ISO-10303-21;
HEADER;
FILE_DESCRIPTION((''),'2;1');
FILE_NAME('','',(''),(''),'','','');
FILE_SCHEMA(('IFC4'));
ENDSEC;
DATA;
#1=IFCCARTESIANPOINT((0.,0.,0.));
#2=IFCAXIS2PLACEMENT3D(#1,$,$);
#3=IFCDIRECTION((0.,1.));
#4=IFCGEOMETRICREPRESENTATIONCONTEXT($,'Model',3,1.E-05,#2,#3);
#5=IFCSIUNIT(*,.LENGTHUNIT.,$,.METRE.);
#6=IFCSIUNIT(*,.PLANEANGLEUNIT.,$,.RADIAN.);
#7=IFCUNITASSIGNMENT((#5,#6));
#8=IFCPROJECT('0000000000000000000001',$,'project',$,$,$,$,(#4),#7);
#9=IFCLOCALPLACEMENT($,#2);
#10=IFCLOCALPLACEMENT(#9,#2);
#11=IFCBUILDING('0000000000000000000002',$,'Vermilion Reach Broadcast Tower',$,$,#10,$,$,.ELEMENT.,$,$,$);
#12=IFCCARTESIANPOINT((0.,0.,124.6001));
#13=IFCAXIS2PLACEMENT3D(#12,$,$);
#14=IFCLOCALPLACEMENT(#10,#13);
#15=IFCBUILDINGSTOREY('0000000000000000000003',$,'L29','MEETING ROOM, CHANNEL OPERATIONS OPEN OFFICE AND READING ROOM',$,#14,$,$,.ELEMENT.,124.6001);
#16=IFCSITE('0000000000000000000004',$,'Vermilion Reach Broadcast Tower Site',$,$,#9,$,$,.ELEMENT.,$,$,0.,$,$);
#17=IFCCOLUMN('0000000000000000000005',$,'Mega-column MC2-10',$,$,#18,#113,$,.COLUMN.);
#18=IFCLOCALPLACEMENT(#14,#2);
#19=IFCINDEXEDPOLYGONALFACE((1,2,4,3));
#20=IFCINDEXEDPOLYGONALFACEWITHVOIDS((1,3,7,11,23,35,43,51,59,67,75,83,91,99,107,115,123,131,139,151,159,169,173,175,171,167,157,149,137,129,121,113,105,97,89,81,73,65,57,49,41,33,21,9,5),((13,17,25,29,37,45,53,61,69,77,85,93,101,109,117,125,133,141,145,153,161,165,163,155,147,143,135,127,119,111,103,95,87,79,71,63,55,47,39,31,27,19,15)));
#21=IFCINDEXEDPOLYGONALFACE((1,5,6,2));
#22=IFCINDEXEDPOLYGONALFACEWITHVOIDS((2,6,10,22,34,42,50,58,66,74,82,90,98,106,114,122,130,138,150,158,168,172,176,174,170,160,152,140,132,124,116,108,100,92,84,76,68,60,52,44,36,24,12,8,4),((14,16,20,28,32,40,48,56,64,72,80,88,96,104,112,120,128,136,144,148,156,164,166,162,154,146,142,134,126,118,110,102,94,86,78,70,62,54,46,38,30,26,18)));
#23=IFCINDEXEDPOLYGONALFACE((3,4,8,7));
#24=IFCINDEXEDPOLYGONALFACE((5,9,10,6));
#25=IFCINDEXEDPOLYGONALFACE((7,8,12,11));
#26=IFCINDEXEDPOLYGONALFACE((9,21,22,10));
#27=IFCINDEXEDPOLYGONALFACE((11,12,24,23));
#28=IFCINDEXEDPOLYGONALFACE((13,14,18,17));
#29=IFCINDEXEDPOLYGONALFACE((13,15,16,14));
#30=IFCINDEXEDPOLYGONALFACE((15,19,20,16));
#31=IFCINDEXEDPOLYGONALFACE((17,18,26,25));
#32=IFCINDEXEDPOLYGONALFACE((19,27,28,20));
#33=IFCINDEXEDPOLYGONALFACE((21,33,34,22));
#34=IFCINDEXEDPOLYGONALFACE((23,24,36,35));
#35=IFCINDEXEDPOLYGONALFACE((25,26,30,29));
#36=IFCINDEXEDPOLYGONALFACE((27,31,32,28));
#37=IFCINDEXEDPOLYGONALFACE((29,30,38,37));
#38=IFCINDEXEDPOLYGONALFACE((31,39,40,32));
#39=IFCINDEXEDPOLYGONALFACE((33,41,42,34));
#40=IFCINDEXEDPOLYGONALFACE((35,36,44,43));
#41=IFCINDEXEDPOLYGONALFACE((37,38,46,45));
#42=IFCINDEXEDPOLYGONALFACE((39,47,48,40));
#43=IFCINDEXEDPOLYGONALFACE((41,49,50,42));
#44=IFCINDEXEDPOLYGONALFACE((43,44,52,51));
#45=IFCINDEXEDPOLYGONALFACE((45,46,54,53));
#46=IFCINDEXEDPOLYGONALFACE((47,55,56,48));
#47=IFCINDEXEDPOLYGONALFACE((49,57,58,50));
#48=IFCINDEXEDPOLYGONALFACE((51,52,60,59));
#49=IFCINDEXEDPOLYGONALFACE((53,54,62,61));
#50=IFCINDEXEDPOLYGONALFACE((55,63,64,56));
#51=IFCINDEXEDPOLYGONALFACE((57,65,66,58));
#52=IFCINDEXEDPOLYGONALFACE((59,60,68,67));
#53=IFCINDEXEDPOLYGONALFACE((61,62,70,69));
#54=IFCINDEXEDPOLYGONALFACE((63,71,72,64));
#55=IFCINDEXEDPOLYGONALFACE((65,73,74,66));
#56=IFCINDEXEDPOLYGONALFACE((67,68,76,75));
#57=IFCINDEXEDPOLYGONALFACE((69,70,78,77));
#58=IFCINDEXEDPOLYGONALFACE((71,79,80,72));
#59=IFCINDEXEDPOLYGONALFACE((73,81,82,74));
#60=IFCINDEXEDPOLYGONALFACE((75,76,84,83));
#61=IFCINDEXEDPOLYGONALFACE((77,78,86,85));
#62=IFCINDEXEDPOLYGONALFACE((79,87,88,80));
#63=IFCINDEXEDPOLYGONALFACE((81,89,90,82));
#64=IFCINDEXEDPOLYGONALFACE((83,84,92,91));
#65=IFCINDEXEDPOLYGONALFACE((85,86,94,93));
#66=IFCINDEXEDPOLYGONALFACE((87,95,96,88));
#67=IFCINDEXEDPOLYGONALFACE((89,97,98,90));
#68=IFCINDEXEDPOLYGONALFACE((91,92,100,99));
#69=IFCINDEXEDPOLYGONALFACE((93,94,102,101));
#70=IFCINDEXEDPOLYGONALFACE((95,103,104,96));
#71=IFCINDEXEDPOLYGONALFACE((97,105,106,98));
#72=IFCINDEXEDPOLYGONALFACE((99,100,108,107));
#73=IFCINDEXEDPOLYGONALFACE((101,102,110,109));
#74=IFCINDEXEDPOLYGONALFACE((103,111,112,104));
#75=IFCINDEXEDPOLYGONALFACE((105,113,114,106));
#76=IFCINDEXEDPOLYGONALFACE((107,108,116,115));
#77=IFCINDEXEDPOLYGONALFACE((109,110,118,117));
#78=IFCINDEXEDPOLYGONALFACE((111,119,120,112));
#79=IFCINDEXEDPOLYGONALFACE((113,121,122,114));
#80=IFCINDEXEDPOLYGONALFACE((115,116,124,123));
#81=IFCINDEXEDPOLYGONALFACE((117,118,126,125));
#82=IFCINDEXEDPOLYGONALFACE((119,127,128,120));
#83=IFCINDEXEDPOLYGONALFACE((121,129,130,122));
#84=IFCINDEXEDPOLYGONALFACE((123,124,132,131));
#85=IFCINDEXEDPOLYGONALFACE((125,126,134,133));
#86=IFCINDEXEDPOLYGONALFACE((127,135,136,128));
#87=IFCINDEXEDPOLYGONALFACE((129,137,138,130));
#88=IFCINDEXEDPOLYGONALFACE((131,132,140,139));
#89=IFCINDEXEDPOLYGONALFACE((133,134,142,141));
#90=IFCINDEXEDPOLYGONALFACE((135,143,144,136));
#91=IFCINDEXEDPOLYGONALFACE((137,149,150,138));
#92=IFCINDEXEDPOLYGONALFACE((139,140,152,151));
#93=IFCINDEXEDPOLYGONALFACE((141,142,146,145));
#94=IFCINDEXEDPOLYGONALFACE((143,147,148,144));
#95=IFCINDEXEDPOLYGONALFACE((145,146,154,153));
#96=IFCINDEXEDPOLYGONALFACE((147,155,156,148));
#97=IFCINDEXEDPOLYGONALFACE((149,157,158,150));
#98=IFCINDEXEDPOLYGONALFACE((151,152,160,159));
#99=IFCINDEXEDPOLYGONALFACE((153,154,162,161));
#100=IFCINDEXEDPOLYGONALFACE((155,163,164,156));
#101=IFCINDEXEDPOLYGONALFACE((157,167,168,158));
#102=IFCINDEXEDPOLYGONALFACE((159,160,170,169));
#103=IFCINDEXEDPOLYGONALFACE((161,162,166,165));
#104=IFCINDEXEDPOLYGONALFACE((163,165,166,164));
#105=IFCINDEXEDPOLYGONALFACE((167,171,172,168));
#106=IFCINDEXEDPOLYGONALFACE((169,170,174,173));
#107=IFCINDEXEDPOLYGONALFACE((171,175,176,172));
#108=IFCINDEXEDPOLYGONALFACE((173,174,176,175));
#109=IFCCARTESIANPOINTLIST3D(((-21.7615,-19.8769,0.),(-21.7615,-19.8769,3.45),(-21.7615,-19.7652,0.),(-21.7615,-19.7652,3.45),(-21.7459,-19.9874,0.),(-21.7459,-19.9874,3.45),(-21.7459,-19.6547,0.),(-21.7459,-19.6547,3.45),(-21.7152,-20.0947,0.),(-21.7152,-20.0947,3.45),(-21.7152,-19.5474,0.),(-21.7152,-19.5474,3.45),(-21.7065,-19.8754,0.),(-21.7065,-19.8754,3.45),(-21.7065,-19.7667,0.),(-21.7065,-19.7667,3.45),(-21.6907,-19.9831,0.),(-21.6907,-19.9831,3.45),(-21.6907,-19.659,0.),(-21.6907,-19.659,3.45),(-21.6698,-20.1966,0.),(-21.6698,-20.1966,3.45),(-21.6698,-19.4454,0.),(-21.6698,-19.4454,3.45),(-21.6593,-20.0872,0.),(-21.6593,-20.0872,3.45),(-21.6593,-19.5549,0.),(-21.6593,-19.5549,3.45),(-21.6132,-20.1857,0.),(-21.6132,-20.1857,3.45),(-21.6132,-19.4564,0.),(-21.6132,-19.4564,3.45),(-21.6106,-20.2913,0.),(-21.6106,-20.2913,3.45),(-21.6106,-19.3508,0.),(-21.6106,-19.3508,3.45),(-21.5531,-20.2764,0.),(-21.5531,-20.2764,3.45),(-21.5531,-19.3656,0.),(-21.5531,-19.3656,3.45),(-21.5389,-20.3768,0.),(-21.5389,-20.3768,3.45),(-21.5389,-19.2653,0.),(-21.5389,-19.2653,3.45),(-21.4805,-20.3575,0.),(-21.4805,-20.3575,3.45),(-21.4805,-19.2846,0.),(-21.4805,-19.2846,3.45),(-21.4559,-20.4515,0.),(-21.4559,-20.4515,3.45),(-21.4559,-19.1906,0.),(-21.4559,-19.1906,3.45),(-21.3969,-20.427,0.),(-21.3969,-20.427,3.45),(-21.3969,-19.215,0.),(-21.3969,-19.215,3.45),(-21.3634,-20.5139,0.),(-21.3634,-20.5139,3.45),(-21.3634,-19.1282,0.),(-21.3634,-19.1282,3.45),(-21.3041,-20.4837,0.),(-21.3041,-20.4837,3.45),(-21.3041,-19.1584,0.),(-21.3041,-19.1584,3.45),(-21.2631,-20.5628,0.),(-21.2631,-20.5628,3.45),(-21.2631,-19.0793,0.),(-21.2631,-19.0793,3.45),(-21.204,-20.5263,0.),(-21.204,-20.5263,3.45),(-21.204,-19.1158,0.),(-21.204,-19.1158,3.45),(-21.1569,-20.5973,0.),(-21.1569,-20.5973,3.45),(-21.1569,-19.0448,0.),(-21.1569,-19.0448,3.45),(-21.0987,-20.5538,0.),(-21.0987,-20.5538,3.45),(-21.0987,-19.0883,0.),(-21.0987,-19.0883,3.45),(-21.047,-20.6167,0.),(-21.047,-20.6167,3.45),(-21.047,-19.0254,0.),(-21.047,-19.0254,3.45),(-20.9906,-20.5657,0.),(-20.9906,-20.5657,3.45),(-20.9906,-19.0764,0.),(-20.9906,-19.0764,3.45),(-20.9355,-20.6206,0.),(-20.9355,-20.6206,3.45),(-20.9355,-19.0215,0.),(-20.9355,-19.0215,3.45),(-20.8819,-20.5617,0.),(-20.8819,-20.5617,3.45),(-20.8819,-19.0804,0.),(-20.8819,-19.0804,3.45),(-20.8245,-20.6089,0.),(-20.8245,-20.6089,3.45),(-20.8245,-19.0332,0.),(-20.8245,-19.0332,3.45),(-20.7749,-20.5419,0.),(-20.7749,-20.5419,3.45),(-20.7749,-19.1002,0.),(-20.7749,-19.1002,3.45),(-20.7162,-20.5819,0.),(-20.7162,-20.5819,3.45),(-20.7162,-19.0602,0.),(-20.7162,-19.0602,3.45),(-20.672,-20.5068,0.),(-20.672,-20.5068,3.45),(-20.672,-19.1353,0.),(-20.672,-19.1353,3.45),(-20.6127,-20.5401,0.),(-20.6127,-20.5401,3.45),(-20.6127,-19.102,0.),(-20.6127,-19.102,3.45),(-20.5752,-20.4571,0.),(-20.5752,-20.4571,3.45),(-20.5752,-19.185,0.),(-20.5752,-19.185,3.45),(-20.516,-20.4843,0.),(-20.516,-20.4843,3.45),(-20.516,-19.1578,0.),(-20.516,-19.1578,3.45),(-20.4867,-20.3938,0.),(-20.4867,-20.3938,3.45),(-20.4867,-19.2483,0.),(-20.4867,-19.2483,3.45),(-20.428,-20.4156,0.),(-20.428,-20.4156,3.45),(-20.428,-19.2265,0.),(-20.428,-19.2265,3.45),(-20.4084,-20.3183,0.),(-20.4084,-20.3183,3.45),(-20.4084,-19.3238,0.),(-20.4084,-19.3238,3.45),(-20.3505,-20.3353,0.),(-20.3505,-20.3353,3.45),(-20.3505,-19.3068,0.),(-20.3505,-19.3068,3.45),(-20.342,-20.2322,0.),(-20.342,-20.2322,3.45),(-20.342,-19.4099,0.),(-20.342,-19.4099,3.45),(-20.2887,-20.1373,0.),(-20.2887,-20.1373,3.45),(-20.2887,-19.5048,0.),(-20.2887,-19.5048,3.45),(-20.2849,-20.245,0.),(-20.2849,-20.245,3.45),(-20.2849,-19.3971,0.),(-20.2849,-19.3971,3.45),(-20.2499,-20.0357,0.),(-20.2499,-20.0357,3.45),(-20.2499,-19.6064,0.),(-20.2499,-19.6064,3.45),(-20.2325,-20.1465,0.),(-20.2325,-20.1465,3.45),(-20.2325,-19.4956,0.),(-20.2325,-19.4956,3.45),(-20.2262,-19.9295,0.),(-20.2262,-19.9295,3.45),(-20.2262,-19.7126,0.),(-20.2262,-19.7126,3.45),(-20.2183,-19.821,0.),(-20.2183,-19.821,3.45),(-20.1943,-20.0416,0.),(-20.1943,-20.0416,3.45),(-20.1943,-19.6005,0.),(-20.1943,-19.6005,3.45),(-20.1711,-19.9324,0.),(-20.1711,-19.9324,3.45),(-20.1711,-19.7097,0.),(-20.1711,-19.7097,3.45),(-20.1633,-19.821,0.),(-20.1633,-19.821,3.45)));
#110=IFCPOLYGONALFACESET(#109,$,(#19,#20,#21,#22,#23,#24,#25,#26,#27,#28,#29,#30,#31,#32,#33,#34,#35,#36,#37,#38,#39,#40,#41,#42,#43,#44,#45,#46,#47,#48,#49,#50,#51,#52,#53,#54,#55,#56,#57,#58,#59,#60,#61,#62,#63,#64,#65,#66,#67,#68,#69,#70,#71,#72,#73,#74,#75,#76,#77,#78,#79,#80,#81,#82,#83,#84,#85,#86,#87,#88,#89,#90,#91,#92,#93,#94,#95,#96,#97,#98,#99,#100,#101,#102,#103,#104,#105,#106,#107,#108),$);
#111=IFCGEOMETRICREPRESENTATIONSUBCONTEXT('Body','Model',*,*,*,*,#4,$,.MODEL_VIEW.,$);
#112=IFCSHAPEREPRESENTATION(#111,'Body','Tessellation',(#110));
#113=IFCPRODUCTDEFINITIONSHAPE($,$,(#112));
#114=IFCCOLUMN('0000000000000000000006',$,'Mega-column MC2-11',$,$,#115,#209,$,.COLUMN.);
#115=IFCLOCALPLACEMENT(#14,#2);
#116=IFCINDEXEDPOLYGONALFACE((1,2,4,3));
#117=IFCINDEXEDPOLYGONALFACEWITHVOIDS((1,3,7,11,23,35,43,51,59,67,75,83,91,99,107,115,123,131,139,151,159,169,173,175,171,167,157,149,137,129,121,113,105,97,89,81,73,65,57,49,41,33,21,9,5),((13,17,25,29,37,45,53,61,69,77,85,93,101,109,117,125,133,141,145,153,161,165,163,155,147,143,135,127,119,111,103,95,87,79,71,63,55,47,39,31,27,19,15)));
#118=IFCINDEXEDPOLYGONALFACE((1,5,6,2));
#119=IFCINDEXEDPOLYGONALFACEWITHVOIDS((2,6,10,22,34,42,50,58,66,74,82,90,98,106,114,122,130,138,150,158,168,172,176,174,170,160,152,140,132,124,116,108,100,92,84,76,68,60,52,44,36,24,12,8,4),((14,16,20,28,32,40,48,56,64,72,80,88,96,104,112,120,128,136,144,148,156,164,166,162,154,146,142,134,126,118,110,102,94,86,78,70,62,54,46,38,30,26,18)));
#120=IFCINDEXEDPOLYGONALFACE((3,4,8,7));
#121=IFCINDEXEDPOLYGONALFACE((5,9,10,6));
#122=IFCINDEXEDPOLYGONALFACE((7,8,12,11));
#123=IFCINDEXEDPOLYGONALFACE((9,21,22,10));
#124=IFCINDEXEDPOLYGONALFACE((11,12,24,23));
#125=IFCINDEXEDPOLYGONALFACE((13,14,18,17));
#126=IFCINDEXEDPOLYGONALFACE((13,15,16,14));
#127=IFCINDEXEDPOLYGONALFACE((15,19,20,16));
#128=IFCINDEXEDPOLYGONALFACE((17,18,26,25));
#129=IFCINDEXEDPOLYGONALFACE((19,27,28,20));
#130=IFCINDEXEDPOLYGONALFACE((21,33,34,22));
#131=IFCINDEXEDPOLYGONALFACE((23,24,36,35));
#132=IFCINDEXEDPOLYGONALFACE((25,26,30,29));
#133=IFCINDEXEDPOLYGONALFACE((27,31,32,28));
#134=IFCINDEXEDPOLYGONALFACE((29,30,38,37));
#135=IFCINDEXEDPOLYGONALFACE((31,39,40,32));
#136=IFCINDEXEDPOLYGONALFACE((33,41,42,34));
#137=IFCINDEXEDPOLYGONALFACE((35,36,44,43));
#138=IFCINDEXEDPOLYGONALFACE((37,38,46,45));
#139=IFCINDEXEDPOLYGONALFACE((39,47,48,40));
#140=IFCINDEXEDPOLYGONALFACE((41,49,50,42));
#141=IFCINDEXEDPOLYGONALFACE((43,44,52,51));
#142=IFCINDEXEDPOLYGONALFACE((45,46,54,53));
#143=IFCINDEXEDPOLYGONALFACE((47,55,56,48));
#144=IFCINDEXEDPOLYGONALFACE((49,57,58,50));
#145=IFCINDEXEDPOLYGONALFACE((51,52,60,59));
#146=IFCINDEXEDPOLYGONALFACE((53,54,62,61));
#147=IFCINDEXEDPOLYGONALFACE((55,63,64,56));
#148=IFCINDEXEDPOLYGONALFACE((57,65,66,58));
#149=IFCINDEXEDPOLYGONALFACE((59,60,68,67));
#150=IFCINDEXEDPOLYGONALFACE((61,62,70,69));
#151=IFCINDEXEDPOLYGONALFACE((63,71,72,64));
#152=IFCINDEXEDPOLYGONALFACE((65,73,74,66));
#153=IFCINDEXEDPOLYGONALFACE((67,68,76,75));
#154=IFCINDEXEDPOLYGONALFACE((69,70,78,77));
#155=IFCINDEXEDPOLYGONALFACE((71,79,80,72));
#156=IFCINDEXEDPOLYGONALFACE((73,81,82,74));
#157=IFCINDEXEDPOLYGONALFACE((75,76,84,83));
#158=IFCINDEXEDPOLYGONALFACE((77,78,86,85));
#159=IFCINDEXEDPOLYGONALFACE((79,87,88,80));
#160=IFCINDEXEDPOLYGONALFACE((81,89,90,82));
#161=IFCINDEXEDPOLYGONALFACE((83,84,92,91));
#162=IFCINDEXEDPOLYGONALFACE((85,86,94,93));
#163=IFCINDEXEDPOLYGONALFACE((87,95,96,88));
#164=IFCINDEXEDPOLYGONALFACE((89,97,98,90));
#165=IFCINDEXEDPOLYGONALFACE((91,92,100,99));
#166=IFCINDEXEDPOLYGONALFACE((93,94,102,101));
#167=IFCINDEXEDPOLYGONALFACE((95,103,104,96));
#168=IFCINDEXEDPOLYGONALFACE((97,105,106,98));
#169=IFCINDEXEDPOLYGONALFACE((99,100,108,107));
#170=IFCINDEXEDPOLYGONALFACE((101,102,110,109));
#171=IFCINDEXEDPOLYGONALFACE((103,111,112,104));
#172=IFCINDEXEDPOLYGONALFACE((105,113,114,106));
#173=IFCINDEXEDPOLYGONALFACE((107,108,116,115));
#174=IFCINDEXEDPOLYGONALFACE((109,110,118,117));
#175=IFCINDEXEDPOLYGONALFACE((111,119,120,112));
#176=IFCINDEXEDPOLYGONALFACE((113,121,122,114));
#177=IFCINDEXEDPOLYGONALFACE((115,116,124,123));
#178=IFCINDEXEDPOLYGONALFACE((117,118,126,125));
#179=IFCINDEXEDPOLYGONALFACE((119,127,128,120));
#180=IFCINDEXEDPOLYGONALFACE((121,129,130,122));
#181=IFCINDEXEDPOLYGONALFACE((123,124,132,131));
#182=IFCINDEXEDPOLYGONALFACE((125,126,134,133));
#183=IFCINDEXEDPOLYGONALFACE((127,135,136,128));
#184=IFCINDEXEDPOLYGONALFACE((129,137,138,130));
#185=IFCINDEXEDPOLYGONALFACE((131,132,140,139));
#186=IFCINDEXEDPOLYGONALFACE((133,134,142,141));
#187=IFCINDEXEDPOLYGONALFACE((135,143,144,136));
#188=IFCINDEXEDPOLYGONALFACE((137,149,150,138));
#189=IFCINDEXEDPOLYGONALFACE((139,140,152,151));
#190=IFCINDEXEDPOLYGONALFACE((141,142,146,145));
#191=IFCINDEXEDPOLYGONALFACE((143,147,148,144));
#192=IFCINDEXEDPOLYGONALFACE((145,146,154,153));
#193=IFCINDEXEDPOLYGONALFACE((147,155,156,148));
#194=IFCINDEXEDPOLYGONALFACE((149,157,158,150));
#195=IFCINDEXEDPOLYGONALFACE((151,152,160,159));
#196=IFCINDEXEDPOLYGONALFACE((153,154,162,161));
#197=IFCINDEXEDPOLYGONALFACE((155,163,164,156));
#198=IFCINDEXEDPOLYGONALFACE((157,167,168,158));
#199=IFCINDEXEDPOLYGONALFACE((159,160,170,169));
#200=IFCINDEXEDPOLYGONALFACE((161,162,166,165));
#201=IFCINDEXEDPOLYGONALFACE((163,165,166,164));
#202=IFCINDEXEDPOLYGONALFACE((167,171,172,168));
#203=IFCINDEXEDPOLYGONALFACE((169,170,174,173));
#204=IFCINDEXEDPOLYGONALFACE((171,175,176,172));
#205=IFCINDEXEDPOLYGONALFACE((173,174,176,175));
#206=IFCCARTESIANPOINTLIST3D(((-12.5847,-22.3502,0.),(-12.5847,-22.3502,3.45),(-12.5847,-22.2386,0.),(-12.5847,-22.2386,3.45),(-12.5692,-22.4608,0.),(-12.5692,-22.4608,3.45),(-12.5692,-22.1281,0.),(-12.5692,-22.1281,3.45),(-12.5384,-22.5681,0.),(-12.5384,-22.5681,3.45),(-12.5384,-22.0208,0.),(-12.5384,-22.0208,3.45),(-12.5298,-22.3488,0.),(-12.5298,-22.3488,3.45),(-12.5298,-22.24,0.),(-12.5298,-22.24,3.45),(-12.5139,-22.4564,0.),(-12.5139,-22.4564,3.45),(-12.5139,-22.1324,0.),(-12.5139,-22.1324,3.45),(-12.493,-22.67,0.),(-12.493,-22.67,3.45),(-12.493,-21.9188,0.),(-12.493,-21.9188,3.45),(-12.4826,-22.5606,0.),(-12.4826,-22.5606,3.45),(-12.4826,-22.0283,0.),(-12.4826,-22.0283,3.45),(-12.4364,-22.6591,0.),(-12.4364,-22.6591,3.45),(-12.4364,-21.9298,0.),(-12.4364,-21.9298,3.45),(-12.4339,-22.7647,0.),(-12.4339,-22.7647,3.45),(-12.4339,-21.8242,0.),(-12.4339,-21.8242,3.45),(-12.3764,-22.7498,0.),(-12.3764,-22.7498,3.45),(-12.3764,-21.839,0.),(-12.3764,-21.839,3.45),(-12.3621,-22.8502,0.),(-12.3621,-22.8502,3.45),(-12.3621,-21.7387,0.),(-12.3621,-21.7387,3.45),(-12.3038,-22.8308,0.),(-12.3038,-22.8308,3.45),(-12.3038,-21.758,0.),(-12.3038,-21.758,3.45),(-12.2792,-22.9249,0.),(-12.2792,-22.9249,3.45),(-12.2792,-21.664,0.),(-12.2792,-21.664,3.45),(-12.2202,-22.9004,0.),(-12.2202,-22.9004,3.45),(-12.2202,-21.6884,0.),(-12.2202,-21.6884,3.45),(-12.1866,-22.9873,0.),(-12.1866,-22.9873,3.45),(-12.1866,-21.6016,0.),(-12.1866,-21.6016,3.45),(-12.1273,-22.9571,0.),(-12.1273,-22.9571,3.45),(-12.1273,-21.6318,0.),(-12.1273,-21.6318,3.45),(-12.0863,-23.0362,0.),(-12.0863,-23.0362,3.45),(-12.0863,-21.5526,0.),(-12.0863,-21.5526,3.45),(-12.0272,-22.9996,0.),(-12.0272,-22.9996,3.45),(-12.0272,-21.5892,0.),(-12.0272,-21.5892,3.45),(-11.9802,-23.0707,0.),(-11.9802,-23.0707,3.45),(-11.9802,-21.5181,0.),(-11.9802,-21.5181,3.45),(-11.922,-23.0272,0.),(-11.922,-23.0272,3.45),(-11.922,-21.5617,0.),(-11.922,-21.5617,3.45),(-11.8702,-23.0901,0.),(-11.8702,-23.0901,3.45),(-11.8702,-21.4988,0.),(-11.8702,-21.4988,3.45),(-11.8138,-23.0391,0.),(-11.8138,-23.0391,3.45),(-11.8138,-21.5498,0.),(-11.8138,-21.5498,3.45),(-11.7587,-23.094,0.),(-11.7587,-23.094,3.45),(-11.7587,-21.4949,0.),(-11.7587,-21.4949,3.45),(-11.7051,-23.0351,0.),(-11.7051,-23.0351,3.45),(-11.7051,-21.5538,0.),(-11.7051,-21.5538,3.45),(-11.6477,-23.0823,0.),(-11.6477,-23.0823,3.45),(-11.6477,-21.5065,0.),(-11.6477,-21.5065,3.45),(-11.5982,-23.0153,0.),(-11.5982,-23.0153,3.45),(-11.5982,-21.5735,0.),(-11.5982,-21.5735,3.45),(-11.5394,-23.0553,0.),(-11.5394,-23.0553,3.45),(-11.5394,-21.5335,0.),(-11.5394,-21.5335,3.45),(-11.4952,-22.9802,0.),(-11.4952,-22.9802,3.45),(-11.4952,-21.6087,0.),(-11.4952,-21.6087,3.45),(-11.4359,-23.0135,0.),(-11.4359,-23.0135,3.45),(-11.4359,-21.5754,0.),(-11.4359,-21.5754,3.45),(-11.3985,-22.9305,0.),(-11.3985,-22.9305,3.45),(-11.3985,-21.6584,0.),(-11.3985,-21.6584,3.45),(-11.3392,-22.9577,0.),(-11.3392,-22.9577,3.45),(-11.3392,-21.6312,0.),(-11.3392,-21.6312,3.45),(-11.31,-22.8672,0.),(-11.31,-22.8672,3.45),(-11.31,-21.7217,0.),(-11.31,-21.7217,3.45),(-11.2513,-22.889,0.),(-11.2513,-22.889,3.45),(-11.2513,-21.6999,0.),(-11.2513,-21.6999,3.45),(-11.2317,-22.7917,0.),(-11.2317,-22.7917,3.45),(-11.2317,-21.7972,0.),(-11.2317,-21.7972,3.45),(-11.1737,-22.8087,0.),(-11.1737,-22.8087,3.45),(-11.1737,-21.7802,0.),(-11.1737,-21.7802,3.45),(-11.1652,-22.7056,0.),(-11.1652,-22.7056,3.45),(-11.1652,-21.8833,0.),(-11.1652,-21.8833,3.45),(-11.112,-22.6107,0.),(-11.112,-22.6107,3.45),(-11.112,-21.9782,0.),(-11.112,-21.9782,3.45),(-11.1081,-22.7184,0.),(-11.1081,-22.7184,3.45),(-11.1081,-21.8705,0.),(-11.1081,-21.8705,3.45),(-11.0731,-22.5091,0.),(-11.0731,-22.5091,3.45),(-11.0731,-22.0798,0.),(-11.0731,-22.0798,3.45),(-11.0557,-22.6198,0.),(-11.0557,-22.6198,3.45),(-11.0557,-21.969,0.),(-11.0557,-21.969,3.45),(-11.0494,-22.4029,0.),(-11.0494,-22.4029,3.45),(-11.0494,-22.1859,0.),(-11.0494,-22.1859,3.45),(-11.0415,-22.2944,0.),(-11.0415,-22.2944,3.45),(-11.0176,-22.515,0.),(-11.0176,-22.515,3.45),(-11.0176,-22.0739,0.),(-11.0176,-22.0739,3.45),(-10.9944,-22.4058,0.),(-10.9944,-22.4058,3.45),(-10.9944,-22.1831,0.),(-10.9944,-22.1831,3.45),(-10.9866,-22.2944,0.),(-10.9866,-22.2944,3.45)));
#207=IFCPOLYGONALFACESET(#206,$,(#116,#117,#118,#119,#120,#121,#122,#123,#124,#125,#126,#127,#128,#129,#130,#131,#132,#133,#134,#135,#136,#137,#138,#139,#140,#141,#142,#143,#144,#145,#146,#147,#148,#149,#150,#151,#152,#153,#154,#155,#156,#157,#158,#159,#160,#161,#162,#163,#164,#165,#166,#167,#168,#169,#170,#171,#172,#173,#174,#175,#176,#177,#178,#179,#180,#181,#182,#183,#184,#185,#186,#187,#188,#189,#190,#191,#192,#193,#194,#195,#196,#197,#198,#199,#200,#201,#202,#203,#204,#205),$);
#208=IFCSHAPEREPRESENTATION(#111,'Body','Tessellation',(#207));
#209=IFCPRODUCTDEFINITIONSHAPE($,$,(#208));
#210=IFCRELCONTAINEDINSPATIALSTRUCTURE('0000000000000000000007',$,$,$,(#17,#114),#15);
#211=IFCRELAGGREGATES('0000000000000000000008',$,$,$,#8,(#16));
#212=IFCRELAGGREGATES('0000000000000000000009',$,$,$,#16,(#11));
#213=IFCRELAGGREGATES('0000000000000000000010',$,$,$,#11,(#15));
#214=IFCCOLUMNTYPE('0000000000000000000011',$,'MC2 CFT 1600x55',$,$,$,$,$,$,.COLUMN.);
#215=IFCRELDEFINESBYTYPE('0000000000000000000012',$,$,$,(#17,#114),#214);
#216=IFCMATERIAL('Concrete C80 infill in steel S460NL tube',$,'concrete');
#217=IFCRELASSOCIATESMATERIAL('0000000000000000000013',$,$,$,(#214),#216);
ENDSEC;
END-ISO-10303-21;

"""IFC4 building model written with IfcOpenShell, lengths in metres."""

from ifc_helpers import new_model, si_unit, direction, frame, origin, origin_2d, place, context, subcontext, project, spatial, hollow_circle, extrude, material, material_profile, profile_set, type_object, element, save


model = new_model("IFC4")

# Units and contexts
model_context = context("Model", 3, precision=1e-05, world=origin(), true_north=direction((0.0, 1.0)))
body_context = subcontext(model_context, "Body", "Model", "MODEL_VIEW")
ifc_project = project(units=[si_unit("LENGTHUNIT", "METRE"), si_unit("PLANEANGLEUNIT", "RADIAN")], contexts=[model_context])

# Site, building, storey
site_placement = place(None, origin())
site = spatial("IfcSite", under=ifc_project, at=site_placement, Name="Vermilion Reach Broadcast Tower Site", CompositionType="ELEMENT", RefElevation=0.0)
building_placement = place(site_placement, origin())
building = spatial("IfcBuilding", under=site, at=building_placement, Name="Vermilion Reach Broadcast Tower", CompositionType="ELEMENT")
storey_placement = place(building_placement, frame((0.0, 0.0, 124.6001)))
storey = spatial("IfcBuildingStorey", under=building, at=storey_placement, Name="L29", Description="MEETING ROOM, CHANNEL OPERATIONS OPEN OFFICE AND READING ROOM", CompositionType="ELEMENT", Elevation=124.6001)

# Columns
ifc_material_1 = material(Name="Concrete C80 infill in steel S460NL tube", Category="concrete")
ifc_material_profile_1 = material_profile(ifc_material_1, hollow_circle(Radius=0.8, WallThickness=0.0549, at=origin_2d()), Name="Concrete C80 infill in steel S460NL tube CFT 1600x55")
ifc_profile_set_1 = profile_set([ifc_material_profile_1], Name="Concrete C80 infill in steel S460NL tube")
column_type = type_object("IfcColumnType", Name="MC2 CFT 1600x55", PredefinedType="COLUMN", material=ifc_profile_set_1)
for number, where, z_axis, x_axis, name in (
    (1, (-20.9634, -19.821, 0.0), (0.0, 0.0, 1.0), (1.0, 0.0, 0.0), "Mega-column MC2-10"),
    (2, (-11.7866, -22.2944, 0.0), (0.0, 0.0, 1.0), (1.0, 0.0, 0.0), "Mega-column MC2-11"),
):
    element("IfcColumn", number, at=place(storey_placement, frame(where, z_axis=z_axis, x_axis=x_axis)), inside=storey, type_object=column_type, Name=name, PredefinedType="COLUMN", context=body_context, shape_type="SweptSolid", body=[
        extrude(hollow_circle(Radius=0.8, WallThickness=0.0549, at=origin_2d()), origin(), (0.0, 0.0, 1.0), 3.45),
    ])

save(model, "model.ifc")
